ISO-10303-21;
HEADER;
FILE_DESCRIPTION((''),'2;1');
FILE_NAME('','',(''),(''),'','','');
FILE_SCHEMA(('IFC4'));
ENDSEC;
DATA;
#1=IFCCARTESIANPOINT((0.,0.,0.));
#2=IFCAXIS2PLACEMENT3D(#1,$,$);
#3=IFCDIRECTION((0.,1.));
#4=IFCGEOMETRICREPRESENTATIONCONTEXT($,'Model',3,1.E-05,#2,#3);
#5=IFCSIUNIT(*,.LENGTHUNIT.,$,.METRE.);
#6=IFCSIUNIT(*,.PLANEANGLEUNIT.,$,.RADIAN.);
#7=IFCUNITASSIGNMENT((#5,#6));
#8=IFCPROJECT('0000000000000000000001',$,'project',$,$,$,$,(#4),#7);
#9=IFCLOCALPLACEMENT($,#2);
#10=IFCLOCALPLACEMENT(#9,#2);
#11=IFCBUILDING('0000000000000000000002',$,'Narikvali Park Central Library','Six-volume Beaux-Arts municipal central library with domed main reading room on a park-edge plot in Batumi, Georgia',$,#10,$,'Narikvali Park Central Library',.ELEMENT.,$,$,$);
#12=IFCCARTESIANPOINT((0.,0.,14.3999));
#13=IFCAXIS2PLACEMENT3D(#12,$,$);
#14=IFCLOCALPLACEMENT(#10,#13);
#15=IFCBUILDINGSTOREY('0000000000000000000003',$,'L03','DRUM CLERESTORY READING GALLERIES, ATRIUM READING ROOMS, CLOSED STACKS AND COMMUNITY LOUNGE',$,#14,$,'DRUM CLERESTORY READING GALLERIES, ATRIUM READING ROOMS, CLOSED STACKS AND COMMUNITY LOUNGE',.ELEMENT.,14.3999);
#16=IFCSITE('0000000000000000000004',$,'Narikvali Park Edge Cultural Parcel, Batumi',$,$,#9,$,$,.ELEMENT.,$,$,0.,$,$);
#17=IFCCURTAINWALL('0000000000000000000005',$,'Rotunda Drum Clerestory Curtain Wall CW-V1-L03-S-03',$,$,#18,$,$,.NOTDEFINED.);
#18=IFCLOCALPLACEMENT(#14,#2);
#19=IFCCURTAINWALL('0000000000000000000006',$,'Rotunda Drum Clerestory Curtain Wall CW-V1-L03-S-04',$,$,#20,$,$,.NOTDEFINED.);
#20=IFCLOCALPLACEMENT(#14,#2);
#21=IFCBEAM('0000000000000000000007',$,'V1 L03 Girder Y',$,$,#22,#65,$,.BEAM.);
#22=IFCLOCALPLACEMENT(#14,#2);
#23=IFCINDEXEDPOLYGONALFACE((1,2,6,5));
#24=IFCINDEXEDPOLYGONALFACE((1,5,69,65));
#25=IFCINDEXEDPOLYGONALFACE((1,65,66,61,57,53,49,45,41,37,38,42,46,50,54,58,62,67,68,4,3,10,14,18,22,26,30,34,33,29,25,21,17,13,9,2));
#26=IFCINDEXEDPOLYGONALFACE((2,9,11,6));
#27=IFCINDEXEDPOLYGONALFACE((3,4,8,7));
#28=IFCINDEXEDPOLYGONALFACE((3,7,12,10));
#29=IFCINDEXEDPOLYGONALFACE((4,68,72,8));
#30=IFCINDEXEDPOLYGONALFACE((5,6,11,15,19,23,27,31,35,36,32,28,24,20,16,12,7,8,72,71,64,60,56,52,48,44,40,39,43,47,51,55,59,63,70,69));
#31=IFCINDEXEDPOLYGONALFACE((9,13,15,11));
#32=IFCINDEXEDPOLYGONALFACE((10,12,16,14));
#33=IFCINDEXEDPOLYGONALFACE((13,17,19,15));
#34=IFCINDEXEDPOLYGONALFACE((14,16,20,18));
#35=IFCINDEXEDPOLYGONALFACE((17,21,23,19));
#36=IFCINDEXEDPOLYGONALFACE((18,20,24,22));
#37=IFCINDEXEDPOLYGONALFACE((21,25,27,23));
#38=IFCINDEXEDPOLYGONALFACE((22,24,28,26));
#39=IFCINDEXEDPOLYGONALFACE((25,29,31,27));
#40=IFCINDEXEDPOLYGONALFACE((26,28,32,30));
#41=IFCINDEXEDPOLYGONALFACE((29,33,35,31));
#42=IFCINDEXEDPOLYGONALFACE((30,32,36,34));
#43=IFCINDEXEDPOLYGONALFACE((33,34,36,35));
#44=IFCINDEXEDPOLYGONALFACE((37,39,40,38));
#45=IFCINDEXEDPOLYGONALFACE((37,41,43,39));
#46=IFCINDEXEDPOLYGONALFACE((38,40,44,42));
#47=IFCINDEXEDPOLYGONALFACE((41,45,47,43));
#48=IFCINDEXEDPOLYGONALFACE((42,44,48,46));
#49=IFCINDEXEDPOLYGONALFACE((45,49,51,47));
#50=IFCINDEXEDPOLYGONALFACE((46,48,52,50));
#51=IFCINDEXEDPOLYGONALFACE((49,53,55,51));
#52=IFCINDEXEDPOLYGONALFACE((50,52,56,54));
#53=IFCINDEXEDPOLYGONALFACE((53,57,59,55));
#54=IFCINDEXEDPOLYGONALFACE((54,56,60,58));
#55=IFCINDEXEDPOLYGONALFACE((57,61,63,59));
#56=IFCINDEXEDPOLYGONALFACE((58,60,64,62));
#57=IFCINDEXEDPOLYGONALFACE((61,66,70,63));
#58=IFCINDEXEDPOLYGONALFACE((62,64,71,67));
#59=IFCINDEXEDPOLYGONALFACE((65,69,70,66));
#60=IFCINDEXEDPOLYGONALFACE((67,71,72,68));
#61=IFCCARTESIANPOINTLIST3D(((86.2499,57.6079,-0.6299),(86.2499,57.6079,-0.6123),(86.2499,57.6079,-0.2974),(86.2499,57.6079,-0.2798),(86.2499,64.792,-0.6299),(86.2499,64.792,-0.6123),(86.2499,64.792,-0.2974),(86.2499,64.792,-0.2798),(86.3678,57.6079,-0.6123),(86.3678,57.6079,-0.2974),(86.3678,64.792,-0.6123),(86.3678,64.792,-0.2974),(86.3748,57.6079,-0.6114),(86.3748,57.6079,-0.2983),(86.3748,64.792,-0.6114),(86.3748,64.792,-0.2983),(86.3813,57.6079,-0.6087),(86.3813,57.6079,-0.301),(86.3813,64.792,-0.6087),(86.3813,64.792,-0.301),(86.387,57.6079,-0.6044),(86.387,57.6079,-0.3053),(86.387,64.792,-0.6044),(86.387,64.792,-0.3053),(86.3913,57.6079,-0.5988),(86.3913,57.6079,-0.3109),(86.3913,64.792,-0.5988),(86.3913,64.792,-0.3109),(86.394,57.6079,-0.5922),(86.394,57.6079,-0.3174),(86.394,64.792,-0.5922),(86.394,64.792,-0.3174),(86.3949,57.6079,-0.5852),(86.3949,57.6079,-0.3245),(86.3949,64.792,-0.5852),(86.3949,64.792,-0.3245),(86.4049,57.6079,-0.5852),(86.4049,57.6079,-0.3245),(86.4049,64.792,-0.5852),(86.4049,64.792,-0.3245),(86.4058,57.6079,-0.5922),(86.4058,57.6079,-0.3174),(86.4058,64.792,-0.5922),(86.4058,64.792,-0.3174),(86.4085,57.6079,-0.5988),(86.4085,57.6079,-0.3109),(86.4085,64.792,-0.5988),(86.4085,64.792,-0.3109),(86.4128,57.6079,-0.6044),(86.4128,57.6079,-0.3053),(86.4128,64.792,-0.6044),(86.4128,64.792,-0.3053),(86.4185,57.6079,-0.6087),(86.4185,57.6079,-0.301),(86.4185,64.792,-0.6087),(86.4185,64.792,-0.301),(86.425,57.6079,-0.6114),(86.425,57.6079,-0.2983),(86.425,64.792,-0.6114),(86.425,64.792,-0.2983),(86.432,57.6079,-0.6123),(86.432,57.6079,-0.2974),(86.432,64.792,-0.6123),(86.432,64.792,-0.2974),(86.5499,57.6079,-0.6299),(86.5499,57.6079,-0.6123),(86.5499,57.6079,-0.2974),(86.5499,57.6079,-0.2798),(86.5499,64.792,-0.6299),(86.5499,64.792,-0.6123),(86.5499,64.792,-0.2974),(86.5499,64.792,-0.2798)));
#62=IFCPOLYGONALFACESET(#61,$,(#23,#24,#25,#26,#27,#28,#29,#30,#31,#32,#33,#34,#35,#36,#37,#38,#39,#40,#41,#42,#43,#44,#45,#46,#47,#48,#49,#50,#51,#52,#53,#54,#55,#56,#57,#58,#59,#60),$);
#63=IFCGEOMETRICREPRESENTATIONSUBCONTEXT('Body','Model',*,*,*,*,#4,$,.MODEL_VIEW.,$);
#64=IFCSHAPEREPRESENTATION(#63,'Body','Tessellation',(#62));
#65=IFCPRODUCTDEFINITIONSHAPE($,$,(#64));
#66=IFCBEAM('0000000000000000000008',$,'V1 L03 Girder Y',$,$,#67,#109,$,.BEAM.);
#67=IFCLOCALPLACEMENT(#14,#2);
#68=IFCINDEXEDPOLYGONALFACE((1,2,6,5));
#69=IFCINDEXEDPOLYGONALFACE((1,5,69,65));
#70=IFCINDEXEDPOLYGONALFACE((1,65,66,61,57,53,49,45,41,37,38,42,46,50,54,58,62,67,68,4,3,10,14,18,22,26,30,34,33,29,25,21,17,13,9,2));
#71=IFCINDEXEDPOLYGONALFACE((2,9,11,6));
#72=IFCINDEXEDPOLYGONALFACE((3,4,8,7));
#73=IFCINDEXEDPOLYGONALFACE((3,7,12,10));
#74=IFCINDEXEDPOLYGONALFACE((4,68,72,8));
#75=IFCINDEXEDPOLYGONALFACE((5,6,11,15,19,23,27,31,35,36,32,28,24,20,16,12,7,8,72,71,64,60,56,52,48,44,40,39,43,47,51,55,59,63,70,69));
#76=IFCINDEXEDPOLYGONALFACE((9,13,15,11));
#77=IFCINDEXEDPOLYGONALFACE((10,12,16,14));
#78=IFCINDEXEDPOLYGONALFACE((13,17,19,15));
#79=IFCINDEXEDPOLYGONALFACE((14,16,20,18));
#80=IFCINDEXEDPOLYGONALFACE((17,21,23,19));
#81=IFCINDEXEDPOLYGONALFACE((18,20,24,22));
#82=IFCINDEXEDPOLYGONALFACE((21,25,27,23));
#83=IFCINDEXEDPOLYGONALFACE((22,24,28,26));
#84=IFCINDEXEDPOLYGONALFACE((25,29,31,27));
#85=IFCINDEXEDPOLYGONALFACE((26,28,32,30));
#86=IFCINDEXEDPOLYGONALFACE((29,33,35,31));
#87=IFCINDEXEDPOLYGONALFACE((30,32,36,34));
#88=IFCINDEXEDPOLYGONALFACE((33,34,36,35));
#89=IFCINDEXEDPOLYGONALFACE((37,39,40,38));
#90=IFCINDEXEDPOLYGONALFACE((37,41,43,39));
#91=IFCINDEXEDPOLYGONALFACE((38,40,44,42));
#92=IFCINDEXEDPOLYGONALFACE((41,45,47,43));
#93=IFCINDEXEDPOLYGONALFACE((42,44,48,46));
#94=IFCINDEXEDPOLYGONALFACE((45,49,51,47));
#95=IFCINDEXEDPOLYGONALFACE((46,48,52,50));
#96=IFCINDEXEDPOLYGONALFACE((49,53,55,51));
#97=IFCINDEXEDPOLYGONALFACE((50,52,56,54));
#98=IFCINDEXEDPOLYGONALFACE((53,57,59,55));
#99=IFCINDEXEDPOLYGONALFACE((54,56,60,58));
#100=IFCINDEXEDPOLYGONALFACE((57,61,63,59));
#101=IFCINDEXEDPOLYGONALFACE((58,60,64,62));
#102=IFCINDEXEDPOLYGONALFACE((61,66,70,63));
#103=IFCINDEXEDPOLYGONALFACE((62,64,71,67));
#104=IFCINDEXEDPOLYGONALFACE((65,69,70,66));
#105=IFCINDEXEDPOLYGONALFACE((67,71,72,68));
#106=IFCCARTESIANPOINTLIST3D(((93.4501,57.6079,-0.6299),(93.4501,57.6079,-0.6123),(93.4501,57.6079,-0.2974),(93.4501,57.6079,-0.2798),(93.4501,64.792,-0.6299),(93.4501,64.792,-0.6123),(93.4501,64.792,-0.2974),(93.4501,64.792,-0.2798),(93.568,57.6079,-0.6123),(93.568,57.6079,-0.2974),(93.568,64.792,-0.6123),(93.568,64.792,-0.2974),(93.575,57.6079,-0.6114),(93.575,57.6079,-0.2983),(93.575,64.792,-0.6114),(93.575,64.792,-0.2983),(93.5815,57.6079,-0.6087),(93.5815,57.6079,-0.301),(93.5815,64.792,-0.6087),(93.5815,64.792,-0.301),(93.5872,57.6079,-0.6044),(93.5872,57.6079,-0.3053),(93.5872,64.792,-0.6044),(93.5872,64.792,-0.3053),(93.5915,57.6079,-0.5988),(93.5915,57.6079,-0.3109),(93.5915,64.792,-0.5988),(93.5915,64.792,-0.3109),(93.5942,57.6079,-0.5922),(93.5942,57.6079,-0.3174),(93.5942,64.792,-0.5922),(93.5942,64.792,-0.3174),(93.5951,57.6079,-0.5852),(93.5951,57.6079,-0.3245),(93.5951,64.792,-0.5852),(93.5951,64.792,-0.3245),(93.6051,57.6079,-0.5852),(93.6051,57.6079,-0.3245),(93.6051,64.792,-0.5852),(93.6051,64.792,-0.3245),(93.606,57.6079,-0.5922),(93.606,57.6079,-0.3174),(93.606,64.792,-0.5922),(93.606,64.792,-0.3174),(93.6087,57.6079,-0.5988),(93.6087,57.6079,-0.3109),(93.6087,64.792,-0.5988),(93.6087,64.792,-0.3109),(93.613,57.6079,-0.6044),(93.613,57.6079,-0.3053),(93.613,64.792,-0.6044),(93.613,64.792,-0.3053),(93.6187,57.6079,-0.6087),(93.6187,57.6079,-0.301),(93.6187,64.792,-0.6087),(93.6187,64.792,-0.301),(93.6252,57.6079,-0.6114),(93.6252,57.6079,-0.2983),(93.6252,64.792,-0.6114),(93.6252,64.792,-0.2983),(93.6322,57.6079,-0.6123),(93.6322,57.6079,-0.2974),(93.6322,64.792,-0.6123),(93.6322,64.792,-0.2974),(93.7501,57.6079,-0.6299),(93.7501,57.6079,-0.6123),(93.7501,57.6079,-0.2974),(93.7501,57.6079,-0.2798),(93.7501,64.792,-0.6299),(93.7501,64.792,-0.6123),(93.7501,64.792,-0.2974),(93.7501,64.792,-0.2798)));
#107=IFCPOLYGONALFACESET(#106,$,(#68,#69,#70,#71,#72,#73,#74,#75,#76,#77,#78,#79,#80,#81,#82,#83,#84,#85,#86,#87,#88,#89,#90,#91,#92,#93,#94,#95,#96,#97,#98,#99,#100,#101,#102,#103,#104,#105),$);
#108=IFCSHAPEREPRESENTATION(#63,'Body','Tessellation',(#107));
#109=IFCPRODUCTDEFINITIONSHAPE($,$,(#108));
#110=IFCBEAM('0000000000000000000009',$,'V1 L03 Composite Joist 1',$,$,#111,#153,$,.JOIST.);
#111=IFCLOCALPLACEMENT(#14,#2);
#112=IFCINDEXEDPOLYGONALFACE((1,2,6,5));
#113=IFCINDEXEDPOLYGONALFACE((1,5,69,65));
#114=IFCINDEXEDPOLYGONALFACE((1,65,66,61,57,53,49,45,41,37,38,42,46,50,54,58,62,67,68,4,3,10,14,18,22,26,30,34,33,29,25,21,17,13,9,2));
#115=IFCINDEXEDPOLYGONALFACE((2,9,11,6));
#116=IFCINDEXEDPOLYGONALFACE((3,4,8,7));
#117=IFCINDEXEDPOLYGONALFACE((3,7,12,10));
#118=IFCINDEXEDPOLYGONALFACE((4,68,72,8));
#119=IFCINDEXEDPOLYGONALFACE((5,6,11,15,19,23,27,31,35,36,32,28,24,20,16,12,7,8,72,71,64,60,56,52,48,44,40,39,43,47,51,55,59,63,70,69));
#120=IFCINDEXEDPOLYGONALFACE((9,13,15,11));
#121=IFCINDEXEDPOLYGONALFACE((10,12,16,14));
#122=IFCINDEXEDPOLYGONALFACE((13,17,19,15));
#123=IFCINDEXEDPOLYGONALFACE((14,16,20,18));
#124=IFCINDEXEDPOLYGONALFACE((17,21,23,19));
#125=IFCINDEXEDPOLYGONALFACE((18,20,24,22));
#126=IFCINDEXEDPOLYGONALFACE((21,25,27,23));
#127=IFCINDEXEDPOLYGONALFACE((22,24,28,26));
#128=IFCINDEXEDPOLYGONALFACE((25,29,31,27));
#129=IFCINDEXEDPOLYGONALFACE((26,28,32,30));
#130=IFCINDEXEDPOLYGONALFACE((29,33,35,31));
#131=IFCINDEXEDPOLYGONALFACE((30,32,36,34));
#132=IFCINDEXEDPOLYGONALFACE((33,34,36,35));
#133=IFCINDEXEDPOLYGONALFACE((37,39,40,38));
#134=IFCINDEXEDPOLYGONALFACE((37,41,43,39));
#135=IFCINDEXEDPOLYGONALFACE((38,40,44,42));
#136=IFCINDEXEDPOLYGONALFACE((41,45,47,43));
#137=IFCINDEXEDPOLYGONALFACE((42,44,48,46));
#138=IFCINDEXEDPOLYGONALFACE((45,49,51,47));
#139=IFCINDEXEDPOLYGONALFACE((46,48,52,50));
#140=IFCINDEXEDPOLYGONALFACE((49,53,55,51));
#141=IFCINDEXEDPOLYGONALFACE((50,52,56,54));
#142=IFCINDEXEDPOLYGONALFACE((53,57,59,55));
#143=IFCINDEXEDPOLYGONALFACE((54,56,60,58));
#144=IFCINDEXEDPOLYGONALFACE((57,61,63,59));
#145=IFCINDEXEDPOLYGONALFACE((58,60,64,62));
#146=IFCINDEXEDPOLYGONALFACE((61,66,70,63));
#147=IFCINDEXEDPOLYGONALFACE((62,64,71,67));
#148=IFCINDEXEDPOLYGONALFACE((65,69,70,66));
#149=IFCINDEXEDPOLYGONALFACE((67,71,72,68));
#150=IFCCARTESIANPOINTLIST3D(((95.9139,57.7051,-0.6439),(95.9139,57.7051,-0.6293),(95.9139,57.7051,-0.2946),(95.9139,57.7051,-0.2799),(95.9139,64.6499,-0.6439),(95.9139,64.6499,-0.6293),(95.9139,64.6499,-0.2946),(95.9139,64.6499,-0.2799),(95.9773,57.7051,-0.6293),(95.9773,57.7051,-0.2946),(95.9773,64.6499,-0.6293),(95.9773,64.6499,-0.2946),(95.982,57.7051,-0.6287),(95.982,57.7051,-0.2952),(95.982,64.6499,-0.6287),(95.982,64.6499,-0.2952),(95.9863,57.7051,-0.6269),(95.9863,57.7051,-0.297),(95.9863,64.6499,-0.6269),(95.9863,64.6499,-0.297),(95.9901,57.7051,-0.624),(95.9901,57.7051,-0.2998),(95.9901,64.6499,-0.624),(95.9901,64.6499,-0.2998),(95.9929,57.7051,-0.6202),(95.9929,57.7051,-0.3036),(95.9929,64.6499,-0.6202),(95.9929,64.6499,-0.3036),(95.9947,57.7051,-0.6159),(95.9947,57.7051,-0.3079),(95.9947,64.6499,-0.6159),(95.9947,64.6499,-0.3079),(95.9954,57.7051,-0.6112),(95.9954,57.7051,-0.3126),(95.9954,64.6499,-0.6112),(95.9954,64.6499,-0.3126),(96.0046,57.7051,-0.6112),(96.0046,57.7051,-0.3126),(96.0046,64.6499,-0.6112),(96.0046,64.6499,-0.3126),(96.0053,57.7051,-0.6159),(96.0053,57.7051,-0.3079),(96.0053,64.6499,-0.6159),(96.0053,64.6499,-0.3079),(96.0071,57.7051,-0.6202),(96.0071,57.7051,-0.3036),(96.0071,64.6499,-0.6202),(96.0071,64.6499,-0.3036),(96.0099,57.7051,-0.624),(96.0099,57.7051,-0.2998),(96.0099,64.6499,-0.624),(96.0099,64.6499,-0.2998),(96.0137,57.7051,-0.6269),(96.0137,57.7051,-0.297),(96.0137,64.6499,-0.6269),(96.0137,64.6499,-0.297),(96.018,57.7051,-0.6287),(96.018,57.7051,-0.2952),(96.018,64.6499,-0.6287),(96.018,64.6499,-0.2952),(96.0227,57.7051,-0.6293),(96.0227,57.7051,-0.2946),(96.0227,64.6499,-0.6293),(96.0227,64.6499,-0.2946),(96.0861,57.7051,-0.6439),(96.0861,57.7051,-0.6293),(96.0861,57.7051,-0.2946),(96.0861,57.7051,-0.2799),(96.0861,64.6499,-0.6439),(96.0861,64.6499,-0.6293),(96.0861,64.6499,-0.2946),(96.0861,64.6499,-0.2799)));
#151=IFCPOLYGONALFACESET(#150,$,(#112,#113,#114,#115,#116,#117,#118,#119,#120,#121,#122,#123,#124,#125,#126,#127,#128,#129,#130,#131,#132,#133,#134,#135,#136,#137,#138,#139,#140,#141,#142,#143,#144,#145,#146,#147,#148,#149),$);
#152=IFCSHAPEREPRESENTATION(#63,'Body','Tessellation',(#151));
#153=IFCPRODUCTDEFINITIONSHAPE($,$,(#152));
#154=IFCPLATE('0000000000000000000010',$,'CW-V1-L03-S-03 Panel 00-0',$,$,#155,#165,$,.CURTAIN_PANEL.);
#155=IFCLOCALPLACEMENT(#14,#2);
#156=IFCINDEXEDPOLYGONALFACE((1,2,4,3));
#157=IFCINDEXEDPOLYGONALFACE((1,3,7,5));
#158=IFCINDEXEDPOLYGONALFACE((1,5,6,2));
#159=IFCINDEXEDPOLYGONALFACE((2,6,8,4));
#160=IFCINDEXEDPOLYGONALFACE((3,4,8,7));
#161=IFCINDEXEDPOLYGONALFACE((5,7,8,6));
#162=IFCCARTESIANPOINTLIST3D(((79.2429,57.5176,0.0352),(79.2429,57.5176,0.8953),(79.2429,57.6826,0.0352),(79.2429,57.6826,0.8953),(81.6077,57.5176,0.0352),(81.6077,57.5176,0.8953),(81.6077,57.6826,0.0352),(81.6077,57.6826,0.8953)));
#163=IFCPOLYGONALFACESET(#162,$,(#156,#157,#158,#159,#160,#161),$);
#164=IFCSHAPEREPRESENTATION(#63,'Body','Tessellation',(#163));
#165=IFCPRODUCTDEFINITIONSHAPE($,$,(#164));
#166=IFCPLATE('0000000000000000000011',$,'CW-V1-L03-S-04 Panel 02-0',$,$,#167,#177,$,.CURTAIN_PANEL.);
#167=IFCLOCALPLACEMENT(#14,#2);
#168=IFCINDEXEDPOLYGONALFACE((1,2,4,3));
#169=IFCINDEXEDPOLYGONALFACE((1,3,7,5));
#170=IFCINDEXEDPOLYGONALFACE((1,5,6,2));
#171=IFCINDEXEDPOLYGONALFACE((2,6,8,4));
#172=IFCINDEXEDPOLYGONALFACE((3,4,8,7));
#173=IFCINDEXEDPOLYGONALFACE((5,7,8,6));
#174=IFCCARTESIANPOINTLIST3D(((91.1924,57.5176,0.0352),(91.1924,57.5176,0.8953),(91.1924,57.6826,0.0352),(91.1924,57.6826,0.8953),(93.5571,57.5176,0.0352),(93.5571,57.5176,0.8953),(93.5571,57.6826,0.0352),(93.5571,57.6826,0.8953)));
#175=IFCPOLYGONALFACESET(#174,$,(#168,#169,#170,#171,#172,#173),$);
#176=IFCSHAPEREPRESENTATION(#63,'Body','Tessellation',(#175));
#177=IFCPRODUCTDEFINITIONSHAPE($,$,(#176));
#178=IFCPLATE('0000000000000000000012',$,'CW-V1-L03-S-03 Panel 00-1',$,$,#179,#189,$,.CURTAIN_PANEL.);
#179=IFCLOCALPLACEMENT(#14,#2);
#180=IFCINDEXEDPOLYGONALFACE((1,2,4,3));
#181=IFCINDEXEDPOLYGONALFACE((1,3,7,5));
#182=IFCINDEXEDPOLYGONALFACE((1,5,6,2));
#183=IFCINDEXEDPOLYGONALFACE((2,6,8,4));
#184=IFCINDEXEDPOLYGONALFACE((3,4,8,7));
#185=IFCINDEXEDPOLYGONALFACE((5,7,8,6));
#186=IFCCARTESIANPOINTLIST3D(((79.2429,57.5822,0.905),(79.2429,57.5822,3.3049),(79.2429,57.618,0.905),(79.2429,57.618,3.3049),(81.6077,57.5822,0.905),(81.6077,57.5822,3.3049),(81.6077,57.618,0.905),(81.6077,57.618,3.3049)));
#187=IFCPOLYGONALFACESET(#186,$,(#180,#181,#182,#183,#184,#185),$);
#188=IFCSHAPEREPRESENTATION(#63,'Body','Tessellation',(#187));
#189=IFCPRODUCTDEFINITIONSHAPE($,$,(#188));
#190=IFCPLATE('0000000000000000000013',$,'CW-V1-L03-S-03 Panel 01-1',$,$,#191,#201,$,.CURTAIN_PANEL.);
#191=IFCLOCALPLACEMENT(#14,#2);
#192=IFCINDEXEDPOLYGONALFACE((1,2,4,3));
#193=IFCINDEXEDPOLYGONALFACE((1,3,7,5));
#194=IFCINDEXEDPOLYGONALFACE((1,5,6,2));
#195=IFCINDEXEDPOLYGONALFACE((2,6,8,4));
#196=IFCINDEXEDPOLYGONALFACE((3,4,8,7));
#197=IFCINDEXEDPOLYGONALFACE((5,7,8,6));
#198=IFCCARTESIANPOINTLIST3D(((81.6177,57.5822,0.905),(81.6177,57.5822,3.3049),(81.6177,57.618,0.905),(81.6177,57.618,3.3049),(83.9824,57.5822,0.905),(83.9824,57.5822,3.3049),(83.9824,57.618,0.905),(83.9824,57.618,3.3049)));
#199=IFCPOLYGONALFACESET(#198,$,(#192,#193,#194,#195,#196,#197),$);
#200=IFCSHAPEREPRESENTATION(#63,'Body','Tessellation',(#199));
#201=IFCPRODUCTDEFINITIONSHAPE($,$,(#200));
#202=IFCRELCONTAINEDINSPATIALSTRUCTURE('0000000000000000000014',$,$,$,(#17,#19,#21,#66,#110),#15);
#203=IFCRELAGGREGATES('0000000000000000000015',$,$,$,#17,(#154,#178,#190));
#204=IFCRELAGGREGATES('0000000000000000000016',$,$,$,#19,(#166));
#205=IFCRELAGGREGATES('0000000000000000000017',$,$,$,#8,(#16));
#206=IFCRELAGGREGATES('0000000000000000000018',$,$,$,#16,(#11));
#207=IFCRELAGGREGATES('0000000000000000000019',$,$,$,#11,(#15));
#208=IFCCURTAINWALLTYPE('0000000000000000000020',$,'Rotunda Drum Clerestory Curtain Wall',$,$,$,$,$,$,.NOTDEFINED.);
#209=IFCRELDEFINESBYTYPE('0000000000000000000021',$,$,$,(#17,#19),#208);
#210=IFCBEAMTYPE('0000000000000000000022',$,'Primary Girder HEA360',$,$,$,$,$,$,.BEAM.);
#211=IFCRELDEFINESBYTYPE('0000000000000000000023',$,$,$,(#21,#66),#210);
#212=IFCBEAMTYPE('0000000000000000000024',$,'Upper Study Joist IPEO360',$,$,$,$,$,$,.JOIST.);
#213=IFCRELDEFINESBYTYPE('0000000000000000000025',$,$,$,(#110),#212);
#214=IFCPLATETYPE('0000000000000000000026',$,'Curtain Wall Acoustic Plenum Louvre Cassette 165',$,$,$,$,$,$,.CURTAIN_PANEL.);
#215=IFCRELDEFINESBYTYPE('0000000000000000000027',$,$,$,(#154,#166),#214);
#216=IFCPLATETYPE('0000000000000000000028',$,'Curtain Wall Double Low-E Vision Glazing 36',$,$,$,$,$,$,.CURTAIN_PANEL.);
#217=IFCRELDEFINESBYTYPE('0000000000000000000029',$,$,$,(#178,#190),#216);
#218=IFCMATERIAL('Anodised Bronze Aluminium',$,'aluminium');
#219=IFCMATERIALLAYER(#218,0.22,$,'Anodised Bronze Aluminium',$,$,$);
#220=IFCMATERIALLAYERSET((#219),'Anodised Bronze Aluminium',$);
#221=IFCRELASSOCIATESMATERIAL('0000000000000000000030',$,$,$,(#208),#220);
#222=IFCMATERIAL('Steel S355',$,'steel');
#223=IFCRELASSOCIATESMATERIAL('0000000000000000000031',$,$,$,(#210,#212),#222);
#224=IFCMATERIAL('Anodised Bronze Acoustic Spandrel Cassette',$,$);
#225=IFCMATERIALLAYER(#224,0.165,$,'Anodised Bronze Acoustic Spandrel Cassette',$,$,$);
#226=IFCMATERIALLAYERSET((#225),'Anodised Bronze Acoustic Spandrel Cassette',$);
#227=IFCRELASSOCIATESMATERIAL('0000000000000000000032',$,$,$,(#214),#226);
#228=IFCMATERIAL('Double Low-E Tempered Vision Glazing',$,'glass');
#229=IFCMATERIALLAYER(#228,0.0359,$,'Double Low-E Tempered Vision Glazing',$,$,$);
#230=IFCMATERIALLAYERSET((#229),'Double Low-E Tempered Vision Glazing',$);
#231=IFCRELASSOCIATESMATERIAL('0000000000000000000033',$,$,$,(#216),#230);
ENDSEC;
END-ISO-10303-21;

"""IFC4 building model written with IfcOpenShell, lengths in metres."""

from ifc_helpers import new_model, si_unit, direction, frame, origin, origin_2d, place, context, subcontext, project, spatial, rectangle, i_section, extrude, material, layer, layer_set, material_profile, profile_set, type_object, element, aggregate, save


model = new_model("IFC4")

# Units and contexts
model_context = context("Model", 3, precision=1e-05, world=origin(), true_north=direction((0.0, 1.0)))
body_context = subcontext(model_context, "Body", "Model", "MODEL_VIEW")
ifc_project = project(units=[si_unit("LENGTHUNIT", "METRE"), si_unit("PLANEANGLEUNIT", "RADIAN")], contexts=[model_context])

# Site, building, storey
site_placement = place(None, origin())
site = spatial("IfcSite", under=ifc_project, at=site_placement, Name="Narikvali Park Edge Cultural Parcel, Batumi", CompositionType="ELEMENT", RefElevation=0.0)
building_placement = place(site_placement, origin())
building = spatial("IfcBuilding", under=site, at=building_placement, Name="Narikvali Park Central Library", Description="Six-volume Beaux-Arts municipal central library with domed main reading room on a park-edge plot in Batumi, Georgia", LongName="Narikvali Park Central Library", CompositionType="ELEMENT")
storey_placement = place(building_placement, frame((0.0, 0.0, 14.3999)))
storey = spatial("IfcBuildingStorey", under=building, at=storey_placement, Name="L03", Description="DRUM CLERESTORY READING GALLERIES, ATRIUM READING ROOMS, CLOSED STACKS AND COMMUNITY LOUNGE", LongName="DRUM CLERESTORY READING GALLERIES, ATRIUM READING ROOMS, CLOSED STACKS AND COMMUNITY LOUNGE", CompositionType="ELEMENT", Elevation=14.3999)

# Shared definitions
ifc_material_1 = material(Name="Steel S355", Category="steel")

# Curtain wall
ifc_material_2 = material(Name="Anodised Bronze Aluminium", Category="aluminium")
ifc_layer_1 = layer(ifc_material_2, 0.22, Name="Anodised Bronze Aluminium")
ifc_layer_set_1 = layer_set([ifc_layer_1], Name="Anodised Bronze Aluminium")
curtain_wall_type_1 = type_object("IfcCurtainWallType", Name="Rotunda Drum Clerestory Curtain Wall", PredefinedType="NOTDEFINED", material=ifc_layer_set_1)
curtain_wall_1_placement = place(storey_placement, origin())
curtain_wall_1 = element("IfcCurtainWall", 1, at=curtain_wall_1_placement, inside=storey, type_object=curtain_wall_type_1, Name="Rotunda Drum Clerestory Curtain Wall CW-V1-L03-S-03", PredefinedType="NOTDEFINED")

# Curtain wall
curtain_wall_2_placement = place(storey_placement, origin())
curtain_wall_2 = element("IfcCurtainWall", 2, at=curtain_wall_2_placement, inside=storey, type_object=curtain_wall_type_1, Name="Rotunda Drum Clerestory Curtain Wall CW-V1-L03-S-04", PredefinedType="NOTDEFINED")

# Beams
ifc_material_profile_1 = material_profile(ifc_material_1, i_section(OverallWidth=0.3, OverallDepth=0.3501, WebThickness=0.01, FlangeThickness=0.0176, FilletRadius=0.0271, at=origin_2d()), Name="HEA 360")
ifc_profile_set_1 = profile_set([ifc_material_profile_1], Name="Steel S355")
beam_type_1 = type_object("IfcBeamType", Name="Primary Girder HEA360", PredefinedType="BEAM", material=ifc_profile_set_1)
for number, where, z_axis, x_axis, name in (
    (3, (86.3999, 57.6079, -0.4548), (0.0, 1.0, 0.0), (-1.0, 0.0, 0.0), "V1 L03 Girder Y"),
    (4, (93.6001, 57.6079, -0.4548), (0.0, 1.0, 0.0), (-1.0, 0.0, 0.0), "V1 L03 Girder Y"),
):
    element("IfcBeam", number, at=place(storey_placement, frame(where, z_axis=z_axis, x_axis=x_axis)), inside=storey, type_object=beam_type_1, Name=name, PredefinedType="BEAM", context=body_context, shape_type="SweptSolid", body=[
        extrude(i_section(OverallWidth=0.3, OverallDepth=0.3501, WebThickness=0.01, FlangeThickness=0.0176, FilletRadius=0.0271, at=origin_2d()), origin(), (0.0, 0.0, 1.0), 7.1841),
    ])
ifc_material_profile_2 = material_profile(ifc_material_1, i_section(OverallWidth=0.1721, OverallDepth=0.364, WebThickness=0.0093, FlangeThickness=0.0146, FilletRadius=0.0181, at=origin_2d()), Name="IPEO 360")
ifc_profile_set_2 = profile_set([ifc_material_profile_2], Name="Steel S355")
beam_type_2 = type_object("IfcBeamType", Name="Upper Study Joist IPEO360", PredefinedType="JOIST", material=ifc_profile_set_2)
beam_placement = place(storey_placement, frame((96.0, 57.7051, -0.4619), z_axis=(0.0, 1.0, 0.0), x_axis=(-1.0, 0.0, 0.0)))
element("IfcBeam", 5, at=beam_placement, inside=storey, type_object=beam_type_2, Name="V1 L03 Composite Joist 1", PredefinedType="JOIST", context=body_context, shape_type="SweptSolid", body=[
    extrude(i_section(OverallWidth=0.1721, OverallDepth=0.364, WebThickness=0.0093, FlangeThickness=0.0146, FilletRadius=0.0181, at=origin_2d()), origin(), (0.0, 0.0, 1.0), 6.9448),
])

# Plates
ifc_material_3 = material(Name="Anodised Bronze Acoustic Spandrel Cassette")
ifc_layer_2 = layer(ifc_material_3, 0.165, Name="Anodised Bronze Acoustic Spandrel Cassette")
ifc_layer_set_2 = layer_set([ifc_layer_2], Name="Anodised Bronze Acoustic Spandrel Cassette")
plate_type_1 = type_object("IfcPlateType", Name="Curtain Wall Acoustic Plenum Louvre Cassette 165", PredefinedType="CURTAIN_PANEL", material=ifc_layer_set_2)
plate_1_placement = place(storey_placement, frame((80.4253, 57.6001, 0.0352), z_axis=(0.0, 0.0, 1.0), x_axis=(1.0, 0.0, 0.0)))
plate_1 = element("IfcPlate", 6, at=plate_1_placement, type_object=plate_type_1, Name="CW-V1-L03-S-03 Panel 00-0", PredefinedType="CURTAIN_PANEL", context=body_context, shape_type="SweptSolid", body=[
    extrude(rectangle(XDim=2.3647, YDim=0.165, at=origin_2d()), origin(), (0.0, 0.0, 1.0), 0.8601),
])
plate_2_placement = place(storey_placement, frame((92.3748, 57.6001, 0.0352), z_axis=(0.0, 0.0, 1.0), x_axis=(1.0, 0.0, 0.0)))
plate_2 = element("IfcPlate", 7, at=plate_2_placement, type_object=plate_type_1, Name="CW-V1-L03-S-04 Panel 02-0", PredefinedType="CURTAIN_PANEL", context=body_context, shape_type="SweptSolid", body=[
    extrude(rectangle(XDim=2.3647, YDim=0.165, at=origin_2d()), origin(), (0.0, 0.0, 1.0), 0.8601),
])
ifc_material_4 = material(Name="Double Low-E Tempered Vision Glazing", Category="glass")
ifc_layer_3 = layer(ifc_material_4, 0.0359, Name="Double Low-E Tempered Vision Glazing")
ifc_layer_set_3 = layer_set([ifc_layer_3], Name="Double Low-E Tempered Vision Glazing")
plate_type_2 = type_object("IfcPlateType", Name="Curtain Wall Double Low-E Vision Glazing 36", PredefinedType="CURTAIN_PANEL", material=ifc_layer_set_3)
plate_3_placement = place(storey_placement, frame((80.4253, 57.6001, 0.905), z_axis=(0.0, 0.0, 1.0), x_axis=(1.0, 0.0, 0.0)))
plate_3 = element("IfcPlate", 8, at=plate_3_placement, type_object=plate_type_2, Name="CW-V1-L03-S-03 Panel 00-1", PredefinedType="CURTAIN_PANEL", context=body_context, shape_type="SweptSolid", body=[
    extrude(rectangle(XDim=2.3647, YDim=0.0359, at=origin_2d()), origin(), (0.0, 0.0, 1.0), 2.3999),
])
plate_4_placement = place(storey_placement, frame((82.8, 57.6001, 0.905), z_axis=(0.0, 0.0, 1.0), x_axis=(1.0, 0.0, 0.0)))
plate_4 = element("IfcPlate", 9, at=plate_4_placement, type_object=plate_type_2, Name="CW-V1-L03-S-03 Panel 01-1", PredefinedType="CURTAIN_PANEL", context=body_context, shape_type="SweptSolid", body=[
    extrude(rectangle(XDim=2.3647, YDim=0.0359, at=origin_2d()), origin(), (0.0, 0.0, 1.0), 2.3999),
])
aggregate(curtain_wall_1, [plate_1, plate_3, plate_4])
aggregate(curtain_wall_2, [plate_2])

save(model, "model.ifc")
